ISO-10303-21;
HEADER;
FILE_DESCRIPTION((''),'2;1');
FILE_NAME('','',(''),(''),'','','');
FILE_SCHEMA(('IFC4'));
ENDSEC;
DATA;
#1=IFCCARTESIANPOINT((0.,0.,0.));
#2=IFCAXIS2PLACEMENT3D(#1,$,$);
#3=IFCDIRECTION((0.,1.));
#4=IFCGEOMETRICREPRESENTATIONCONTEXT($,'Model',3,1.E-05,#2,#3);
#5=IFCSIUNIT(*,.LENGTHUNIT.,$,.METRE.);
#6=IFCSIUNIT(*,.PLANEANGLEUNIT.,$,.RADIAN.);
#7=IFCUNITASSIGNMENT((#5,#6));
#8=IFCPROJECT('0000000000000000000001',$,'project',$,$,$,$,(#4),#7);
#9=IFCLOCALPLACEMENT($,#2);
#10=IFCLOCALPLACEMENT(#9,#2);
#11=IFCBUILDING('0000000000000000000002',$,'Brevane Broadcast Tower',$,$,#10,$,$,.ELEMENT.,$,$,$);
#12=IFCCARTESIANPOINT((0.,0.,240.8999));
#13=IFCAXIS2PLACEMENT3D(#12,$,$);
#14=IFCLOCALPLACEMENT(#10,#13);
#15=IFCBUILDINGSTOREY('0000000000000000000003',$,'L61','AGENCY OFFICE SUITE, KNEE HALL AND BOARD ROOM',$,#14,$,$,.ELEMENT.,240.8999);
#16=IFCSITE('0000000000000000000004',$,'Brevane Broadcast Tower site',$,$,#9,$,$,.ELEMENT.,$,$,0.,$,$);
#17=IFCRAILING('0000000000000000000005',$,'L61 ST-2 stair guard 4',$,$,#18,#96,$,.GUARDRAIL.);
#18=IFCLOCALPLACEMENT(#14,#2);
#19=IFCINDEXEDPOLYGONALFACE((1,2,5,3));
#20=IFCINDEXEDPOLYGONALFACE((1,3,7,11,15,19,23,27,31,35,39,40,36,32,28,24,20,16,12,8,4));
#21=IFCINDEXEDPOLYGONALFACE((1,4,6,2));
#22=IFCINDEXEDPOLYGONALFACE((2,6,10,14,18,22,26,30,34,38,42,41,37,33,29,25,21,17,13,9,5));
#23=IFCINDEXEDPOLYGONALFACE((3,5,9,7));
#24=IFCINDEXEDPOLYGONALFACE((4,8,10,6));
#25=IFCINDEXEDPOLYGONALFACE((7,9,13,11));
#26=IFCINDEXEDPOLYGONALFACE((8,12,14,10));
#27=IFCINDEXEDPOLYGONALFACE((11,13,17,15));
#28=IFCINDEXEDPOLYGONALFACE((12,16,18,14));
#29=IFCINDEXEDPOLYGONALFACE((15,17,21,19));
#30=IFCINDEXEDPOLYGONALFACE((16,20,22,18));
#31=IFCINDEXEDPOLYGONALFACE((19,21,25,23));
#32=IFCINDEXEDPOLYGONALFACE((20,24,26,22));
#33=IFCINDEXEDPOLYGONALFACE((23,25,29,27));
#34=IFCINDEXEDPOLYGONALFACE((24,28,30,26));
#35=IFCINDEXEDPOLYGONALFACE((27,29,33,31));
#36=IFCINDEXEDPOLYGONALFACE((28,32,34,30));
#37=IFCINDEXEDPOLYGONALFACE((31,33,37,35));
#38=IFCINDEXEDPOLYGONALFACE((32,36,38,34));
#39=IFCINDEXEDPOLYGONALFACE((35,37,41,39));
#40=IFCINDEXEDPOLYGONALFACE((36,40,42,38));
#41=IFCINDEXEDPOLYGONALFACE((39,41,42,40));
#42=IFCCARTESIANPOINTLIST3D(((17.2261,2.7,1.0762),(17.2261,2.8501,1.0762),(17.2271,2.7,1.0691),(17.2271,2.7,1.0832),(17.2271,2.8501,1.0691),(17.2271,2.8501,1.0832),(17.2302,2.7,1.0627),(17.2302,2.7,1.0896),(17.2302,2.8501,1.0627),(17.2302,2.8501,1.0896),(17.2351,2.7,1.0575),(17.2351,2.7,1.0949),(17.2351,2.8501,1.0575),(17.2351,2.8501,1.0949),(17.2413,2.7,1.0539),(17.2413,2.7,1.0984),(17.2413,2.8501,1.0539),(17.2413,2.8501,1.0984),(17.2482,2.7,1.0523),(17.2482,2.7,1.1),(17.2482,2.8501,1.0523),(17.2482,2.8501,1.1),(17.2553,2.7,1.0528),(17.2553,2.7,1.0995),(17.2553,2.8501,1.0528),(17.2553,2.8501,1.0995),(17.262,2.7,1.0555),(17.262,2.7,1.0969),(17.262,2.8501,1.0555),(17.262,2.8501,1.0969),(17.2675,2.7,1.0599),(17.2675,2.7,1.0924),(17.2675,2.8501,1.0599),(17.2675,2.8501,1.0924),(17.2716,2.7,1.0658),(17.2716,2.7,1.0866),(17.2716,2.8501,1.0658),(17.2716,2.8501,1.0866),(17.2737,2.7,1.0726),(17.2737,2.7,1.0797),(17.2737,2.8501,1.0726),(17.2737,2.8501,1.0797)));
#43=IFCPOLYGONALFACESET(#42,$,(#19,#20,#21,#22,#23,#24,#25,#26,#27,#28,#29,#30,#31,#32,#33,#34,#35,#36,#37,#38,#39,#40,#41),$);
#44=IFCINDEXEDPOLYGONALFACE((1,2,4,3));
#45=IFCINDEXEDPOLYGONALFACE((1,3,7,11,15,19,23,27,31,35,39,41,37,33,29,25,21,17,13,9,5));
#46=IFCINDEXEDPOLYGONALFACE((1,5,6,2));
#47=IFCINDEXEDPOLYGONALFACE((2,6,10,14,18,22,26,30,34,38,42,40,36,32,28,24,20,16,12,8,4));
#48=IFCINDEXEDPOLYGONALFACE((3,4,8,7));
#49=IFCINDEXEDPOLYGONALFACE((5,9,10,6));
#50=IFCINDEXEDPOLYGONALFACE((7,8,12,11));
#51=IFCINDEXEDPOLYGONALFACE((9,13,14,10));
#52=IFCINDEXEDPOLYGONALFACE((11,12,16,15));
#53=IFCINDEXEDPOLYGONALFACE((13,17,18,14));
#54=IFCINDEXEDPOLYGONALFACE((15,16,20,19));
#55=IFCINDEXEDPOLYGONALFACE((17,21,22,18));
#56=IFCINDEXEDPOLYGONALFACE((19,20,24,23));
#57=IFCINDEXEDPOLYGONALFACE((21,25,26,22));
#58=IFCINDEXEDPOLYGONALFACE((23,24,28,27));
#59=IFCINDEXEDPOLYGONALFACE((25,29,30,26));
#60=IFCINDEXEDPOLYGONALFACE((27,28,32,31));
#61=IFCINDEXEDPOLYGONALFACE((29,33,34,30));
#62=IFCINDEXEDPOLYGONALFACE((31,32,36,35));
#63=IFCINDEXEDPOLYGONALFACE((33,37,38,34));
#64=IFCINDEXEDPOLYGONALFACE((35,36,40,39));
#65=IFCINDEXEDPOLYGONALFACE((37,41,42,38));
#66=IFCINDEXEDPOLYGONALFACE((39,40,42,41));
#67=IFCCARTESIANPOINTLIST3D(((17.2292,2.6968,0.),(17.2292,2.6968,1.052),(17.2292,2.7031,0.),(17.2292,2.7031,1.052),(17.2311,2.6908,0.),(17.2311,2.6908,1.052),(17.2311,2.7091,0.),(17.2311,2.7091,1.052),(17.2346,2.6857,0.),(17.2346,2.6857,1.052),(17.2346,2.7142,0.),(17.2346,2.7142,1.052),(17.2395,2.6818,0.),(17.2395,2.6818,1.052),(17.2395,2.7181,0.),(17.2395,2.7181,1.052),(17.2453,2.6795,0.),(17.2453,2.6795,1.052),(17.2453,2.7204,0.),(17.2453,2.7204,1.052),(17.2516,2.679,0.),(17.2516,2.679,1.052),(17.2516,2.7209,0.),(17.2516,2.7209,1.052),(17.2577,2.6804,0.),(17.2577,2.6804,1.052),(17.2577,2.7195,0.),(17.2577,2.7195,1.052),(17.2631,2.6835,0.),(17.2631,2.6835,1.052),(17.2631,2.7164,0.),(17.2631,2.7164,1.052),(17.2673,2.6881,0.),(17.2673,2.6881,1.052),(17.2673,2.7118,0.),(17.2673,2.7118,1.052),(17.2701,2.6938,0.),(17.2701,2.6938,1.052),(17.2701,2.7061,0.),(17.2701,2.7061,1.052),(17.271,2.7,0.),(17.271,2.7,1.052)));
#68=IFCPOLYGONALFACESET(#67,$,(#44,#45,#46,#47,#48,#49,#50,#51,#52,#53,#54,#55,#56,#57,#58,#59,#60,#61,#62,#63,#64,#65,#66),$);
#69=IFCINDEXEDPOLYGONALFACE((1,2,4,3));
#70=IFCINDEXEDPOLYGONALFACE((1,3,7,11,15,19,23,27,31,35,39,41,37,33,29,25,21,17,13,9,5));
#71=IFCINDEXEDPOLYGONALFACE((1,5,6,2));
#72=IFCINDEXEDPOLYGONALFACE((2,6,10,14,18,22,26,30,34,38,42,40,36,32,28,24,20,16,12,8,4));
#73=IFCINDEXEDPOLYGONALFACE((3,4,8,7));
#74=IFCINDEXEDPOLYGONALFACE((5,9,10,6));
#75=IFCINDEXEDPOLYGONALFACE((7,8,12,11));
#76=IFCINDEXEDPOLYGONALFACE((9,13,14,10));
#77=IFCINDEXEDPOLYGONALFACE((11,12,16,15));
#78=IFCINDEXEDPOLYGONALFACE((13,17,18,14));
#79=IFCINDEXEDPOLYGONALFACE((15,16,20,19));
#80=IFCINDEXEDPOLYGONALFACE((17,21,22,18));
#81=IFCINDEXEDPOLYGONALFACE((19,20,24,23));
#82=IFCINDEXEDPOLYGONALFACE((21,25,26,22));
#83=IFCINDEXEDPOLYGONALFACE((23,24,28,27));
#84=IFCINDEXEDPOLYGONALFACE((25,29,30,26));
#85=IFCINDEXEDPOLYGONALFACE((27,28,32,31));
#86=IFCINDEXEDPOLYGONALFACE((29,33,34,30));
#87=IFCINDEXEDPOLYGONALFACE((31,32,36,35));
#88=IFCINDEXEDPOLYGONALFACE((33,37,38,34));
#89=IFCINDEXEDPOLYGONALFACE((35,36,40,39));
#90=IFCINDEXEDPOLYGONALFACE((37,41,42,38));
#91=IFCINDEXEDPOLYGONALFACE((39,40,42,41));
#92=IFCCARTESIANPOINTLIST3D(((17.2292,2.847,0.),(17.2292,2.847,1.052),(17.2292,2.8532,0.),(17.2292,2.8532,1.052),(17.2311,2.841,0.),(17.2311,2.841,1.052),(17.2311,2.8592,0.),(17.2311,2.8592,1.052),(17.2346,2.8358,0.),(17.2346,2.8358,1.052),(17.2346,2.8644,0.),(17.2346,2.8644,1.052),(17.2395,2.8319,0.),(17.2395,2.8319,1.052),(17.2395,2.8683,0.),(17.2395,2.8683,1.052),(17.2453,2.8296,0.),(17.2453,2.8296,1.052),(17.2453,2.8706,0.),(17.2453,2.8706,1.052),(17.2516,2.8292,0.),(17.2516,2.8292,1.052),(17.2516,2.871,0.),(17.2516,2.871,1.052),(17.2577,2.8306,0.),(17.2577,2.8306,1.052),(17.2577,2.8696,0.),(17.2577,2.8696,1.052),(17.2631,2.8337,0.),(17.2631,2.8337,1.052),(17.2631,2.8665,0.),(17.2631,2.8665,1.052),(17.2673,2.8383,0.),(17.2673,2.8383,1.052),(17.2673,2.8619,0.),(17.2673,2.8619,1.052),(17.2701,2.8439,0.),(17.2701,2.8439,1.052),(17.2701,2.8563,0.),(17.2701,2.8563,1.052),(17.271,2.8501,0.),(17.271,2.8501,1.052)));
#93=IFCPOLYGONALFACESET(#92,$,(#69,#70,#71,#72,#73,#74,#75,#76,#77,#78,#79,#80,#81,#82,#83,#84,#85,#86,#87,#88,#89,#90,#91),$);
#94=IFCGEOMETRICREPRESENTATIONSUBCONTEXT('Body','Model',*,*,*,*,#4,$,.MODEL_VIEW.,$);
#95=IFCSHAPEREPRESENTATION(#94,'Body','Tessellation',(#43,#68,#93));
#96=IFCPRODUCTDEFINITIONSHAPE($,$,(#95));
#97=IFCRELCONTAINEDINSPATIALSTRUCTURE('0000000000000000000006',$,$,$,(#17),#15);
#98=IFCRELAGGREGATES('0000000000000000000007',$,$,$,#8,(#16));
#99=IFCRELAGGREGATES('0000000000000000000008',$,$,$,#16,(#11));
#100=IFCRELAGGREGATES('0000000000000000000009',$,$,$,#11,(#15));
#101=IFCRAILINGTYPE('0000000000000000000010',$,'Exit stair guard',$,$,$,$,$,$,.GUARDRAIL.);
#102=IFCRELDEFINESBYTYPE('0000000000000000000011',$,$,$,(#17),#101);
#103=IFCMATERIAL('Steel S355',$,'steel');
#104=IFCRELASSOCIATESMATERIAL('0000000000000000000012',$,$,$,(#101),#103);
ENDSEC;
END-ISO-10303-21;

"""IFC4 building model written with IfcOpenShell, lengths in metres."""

from ifc_helpers import new_model, si_unit, direction, frame, origin, origin_2d, place, context, subcontext, project, spatial, circle, extrude, material, type_object, element, save


model = new_model("IFC4")

# Units and contexts
model_context = context("Model", 3, precision=1e-05, world=origin(), true_north=direction((0.0, 1.0)))
body_context = subcontext(model_context, "Body", "Model", "MODEL_VIEW")
ifc_project = project(units=[si_unit("LENGTHUNIT", "METRE"), si_unit("PLANEANGLEUNIT", "RADIAN")], contexts=[model_context])

# Site, building, storey
site_placement = place(None, origin())
site = spatial("IfcSite", under=ifc_project, at=site_placement, Name="Brevane Broadcast Tower site", CompositionType="ELEMENT", RefElevation=0.0)
building_placement = place(site_placement, origin())
building = spatial("IfcBuilding", under=site, at=building_placement, Name="Brevane Broadcast Tower", CompositionType="ELEMENT")
storey_placement = place(building_placement, frame((0.0, 0.0, 240.8999)))
storey = spatial("IfcBuildingStorey", under=building, at=storey_placement, Name="L61", Description="AGENCY OFFICE SUITE, KNEE HALL AND BOARD ROOM", CompositionType="ELEMENT", Elevation=240.8999)

# Railing
ifc_material_1 = material(Name="Steel S355", Category="steel")
railing_type_1 = type_object("IfcRailingType", Name="Exit stair guard", PredefinedType="GUARDRAIL", material=ifc_material_1)
railing_1_placement = place(storey_placement, frame((17.25, 2.7, 0.0)))
element("IfcRailing", 1, at=railing_1_placement, inside=storey, type_object=railing_type_1, Name="L61 ST-2 stair guard 4", PredefinedType="GUARDRAIL", context=body_context, shape_type="SweptSolid", body=[
    extrude(circle(Radius=0.0239, at=origin_2d()), frame((0.0, 0.0, 1.0762), z_axis=(0.0, 1.0, 0.0), x_axis=(-1.0, 0.0, 0.0)), (0.0, 0.0, 1.0), 0.1501),
    extrude(circle(Radius=0.021, at=origin_2d()), origin(), (0.0, 0.0, 1.0), 1.052),
    extrude(circle(Radius=0.021, at=origin_2d()), frame((0.0, 0.1501, 0.0)), (0.0, 0.0, 1.0), 1.052),
])

save(model, "model.ifc")
